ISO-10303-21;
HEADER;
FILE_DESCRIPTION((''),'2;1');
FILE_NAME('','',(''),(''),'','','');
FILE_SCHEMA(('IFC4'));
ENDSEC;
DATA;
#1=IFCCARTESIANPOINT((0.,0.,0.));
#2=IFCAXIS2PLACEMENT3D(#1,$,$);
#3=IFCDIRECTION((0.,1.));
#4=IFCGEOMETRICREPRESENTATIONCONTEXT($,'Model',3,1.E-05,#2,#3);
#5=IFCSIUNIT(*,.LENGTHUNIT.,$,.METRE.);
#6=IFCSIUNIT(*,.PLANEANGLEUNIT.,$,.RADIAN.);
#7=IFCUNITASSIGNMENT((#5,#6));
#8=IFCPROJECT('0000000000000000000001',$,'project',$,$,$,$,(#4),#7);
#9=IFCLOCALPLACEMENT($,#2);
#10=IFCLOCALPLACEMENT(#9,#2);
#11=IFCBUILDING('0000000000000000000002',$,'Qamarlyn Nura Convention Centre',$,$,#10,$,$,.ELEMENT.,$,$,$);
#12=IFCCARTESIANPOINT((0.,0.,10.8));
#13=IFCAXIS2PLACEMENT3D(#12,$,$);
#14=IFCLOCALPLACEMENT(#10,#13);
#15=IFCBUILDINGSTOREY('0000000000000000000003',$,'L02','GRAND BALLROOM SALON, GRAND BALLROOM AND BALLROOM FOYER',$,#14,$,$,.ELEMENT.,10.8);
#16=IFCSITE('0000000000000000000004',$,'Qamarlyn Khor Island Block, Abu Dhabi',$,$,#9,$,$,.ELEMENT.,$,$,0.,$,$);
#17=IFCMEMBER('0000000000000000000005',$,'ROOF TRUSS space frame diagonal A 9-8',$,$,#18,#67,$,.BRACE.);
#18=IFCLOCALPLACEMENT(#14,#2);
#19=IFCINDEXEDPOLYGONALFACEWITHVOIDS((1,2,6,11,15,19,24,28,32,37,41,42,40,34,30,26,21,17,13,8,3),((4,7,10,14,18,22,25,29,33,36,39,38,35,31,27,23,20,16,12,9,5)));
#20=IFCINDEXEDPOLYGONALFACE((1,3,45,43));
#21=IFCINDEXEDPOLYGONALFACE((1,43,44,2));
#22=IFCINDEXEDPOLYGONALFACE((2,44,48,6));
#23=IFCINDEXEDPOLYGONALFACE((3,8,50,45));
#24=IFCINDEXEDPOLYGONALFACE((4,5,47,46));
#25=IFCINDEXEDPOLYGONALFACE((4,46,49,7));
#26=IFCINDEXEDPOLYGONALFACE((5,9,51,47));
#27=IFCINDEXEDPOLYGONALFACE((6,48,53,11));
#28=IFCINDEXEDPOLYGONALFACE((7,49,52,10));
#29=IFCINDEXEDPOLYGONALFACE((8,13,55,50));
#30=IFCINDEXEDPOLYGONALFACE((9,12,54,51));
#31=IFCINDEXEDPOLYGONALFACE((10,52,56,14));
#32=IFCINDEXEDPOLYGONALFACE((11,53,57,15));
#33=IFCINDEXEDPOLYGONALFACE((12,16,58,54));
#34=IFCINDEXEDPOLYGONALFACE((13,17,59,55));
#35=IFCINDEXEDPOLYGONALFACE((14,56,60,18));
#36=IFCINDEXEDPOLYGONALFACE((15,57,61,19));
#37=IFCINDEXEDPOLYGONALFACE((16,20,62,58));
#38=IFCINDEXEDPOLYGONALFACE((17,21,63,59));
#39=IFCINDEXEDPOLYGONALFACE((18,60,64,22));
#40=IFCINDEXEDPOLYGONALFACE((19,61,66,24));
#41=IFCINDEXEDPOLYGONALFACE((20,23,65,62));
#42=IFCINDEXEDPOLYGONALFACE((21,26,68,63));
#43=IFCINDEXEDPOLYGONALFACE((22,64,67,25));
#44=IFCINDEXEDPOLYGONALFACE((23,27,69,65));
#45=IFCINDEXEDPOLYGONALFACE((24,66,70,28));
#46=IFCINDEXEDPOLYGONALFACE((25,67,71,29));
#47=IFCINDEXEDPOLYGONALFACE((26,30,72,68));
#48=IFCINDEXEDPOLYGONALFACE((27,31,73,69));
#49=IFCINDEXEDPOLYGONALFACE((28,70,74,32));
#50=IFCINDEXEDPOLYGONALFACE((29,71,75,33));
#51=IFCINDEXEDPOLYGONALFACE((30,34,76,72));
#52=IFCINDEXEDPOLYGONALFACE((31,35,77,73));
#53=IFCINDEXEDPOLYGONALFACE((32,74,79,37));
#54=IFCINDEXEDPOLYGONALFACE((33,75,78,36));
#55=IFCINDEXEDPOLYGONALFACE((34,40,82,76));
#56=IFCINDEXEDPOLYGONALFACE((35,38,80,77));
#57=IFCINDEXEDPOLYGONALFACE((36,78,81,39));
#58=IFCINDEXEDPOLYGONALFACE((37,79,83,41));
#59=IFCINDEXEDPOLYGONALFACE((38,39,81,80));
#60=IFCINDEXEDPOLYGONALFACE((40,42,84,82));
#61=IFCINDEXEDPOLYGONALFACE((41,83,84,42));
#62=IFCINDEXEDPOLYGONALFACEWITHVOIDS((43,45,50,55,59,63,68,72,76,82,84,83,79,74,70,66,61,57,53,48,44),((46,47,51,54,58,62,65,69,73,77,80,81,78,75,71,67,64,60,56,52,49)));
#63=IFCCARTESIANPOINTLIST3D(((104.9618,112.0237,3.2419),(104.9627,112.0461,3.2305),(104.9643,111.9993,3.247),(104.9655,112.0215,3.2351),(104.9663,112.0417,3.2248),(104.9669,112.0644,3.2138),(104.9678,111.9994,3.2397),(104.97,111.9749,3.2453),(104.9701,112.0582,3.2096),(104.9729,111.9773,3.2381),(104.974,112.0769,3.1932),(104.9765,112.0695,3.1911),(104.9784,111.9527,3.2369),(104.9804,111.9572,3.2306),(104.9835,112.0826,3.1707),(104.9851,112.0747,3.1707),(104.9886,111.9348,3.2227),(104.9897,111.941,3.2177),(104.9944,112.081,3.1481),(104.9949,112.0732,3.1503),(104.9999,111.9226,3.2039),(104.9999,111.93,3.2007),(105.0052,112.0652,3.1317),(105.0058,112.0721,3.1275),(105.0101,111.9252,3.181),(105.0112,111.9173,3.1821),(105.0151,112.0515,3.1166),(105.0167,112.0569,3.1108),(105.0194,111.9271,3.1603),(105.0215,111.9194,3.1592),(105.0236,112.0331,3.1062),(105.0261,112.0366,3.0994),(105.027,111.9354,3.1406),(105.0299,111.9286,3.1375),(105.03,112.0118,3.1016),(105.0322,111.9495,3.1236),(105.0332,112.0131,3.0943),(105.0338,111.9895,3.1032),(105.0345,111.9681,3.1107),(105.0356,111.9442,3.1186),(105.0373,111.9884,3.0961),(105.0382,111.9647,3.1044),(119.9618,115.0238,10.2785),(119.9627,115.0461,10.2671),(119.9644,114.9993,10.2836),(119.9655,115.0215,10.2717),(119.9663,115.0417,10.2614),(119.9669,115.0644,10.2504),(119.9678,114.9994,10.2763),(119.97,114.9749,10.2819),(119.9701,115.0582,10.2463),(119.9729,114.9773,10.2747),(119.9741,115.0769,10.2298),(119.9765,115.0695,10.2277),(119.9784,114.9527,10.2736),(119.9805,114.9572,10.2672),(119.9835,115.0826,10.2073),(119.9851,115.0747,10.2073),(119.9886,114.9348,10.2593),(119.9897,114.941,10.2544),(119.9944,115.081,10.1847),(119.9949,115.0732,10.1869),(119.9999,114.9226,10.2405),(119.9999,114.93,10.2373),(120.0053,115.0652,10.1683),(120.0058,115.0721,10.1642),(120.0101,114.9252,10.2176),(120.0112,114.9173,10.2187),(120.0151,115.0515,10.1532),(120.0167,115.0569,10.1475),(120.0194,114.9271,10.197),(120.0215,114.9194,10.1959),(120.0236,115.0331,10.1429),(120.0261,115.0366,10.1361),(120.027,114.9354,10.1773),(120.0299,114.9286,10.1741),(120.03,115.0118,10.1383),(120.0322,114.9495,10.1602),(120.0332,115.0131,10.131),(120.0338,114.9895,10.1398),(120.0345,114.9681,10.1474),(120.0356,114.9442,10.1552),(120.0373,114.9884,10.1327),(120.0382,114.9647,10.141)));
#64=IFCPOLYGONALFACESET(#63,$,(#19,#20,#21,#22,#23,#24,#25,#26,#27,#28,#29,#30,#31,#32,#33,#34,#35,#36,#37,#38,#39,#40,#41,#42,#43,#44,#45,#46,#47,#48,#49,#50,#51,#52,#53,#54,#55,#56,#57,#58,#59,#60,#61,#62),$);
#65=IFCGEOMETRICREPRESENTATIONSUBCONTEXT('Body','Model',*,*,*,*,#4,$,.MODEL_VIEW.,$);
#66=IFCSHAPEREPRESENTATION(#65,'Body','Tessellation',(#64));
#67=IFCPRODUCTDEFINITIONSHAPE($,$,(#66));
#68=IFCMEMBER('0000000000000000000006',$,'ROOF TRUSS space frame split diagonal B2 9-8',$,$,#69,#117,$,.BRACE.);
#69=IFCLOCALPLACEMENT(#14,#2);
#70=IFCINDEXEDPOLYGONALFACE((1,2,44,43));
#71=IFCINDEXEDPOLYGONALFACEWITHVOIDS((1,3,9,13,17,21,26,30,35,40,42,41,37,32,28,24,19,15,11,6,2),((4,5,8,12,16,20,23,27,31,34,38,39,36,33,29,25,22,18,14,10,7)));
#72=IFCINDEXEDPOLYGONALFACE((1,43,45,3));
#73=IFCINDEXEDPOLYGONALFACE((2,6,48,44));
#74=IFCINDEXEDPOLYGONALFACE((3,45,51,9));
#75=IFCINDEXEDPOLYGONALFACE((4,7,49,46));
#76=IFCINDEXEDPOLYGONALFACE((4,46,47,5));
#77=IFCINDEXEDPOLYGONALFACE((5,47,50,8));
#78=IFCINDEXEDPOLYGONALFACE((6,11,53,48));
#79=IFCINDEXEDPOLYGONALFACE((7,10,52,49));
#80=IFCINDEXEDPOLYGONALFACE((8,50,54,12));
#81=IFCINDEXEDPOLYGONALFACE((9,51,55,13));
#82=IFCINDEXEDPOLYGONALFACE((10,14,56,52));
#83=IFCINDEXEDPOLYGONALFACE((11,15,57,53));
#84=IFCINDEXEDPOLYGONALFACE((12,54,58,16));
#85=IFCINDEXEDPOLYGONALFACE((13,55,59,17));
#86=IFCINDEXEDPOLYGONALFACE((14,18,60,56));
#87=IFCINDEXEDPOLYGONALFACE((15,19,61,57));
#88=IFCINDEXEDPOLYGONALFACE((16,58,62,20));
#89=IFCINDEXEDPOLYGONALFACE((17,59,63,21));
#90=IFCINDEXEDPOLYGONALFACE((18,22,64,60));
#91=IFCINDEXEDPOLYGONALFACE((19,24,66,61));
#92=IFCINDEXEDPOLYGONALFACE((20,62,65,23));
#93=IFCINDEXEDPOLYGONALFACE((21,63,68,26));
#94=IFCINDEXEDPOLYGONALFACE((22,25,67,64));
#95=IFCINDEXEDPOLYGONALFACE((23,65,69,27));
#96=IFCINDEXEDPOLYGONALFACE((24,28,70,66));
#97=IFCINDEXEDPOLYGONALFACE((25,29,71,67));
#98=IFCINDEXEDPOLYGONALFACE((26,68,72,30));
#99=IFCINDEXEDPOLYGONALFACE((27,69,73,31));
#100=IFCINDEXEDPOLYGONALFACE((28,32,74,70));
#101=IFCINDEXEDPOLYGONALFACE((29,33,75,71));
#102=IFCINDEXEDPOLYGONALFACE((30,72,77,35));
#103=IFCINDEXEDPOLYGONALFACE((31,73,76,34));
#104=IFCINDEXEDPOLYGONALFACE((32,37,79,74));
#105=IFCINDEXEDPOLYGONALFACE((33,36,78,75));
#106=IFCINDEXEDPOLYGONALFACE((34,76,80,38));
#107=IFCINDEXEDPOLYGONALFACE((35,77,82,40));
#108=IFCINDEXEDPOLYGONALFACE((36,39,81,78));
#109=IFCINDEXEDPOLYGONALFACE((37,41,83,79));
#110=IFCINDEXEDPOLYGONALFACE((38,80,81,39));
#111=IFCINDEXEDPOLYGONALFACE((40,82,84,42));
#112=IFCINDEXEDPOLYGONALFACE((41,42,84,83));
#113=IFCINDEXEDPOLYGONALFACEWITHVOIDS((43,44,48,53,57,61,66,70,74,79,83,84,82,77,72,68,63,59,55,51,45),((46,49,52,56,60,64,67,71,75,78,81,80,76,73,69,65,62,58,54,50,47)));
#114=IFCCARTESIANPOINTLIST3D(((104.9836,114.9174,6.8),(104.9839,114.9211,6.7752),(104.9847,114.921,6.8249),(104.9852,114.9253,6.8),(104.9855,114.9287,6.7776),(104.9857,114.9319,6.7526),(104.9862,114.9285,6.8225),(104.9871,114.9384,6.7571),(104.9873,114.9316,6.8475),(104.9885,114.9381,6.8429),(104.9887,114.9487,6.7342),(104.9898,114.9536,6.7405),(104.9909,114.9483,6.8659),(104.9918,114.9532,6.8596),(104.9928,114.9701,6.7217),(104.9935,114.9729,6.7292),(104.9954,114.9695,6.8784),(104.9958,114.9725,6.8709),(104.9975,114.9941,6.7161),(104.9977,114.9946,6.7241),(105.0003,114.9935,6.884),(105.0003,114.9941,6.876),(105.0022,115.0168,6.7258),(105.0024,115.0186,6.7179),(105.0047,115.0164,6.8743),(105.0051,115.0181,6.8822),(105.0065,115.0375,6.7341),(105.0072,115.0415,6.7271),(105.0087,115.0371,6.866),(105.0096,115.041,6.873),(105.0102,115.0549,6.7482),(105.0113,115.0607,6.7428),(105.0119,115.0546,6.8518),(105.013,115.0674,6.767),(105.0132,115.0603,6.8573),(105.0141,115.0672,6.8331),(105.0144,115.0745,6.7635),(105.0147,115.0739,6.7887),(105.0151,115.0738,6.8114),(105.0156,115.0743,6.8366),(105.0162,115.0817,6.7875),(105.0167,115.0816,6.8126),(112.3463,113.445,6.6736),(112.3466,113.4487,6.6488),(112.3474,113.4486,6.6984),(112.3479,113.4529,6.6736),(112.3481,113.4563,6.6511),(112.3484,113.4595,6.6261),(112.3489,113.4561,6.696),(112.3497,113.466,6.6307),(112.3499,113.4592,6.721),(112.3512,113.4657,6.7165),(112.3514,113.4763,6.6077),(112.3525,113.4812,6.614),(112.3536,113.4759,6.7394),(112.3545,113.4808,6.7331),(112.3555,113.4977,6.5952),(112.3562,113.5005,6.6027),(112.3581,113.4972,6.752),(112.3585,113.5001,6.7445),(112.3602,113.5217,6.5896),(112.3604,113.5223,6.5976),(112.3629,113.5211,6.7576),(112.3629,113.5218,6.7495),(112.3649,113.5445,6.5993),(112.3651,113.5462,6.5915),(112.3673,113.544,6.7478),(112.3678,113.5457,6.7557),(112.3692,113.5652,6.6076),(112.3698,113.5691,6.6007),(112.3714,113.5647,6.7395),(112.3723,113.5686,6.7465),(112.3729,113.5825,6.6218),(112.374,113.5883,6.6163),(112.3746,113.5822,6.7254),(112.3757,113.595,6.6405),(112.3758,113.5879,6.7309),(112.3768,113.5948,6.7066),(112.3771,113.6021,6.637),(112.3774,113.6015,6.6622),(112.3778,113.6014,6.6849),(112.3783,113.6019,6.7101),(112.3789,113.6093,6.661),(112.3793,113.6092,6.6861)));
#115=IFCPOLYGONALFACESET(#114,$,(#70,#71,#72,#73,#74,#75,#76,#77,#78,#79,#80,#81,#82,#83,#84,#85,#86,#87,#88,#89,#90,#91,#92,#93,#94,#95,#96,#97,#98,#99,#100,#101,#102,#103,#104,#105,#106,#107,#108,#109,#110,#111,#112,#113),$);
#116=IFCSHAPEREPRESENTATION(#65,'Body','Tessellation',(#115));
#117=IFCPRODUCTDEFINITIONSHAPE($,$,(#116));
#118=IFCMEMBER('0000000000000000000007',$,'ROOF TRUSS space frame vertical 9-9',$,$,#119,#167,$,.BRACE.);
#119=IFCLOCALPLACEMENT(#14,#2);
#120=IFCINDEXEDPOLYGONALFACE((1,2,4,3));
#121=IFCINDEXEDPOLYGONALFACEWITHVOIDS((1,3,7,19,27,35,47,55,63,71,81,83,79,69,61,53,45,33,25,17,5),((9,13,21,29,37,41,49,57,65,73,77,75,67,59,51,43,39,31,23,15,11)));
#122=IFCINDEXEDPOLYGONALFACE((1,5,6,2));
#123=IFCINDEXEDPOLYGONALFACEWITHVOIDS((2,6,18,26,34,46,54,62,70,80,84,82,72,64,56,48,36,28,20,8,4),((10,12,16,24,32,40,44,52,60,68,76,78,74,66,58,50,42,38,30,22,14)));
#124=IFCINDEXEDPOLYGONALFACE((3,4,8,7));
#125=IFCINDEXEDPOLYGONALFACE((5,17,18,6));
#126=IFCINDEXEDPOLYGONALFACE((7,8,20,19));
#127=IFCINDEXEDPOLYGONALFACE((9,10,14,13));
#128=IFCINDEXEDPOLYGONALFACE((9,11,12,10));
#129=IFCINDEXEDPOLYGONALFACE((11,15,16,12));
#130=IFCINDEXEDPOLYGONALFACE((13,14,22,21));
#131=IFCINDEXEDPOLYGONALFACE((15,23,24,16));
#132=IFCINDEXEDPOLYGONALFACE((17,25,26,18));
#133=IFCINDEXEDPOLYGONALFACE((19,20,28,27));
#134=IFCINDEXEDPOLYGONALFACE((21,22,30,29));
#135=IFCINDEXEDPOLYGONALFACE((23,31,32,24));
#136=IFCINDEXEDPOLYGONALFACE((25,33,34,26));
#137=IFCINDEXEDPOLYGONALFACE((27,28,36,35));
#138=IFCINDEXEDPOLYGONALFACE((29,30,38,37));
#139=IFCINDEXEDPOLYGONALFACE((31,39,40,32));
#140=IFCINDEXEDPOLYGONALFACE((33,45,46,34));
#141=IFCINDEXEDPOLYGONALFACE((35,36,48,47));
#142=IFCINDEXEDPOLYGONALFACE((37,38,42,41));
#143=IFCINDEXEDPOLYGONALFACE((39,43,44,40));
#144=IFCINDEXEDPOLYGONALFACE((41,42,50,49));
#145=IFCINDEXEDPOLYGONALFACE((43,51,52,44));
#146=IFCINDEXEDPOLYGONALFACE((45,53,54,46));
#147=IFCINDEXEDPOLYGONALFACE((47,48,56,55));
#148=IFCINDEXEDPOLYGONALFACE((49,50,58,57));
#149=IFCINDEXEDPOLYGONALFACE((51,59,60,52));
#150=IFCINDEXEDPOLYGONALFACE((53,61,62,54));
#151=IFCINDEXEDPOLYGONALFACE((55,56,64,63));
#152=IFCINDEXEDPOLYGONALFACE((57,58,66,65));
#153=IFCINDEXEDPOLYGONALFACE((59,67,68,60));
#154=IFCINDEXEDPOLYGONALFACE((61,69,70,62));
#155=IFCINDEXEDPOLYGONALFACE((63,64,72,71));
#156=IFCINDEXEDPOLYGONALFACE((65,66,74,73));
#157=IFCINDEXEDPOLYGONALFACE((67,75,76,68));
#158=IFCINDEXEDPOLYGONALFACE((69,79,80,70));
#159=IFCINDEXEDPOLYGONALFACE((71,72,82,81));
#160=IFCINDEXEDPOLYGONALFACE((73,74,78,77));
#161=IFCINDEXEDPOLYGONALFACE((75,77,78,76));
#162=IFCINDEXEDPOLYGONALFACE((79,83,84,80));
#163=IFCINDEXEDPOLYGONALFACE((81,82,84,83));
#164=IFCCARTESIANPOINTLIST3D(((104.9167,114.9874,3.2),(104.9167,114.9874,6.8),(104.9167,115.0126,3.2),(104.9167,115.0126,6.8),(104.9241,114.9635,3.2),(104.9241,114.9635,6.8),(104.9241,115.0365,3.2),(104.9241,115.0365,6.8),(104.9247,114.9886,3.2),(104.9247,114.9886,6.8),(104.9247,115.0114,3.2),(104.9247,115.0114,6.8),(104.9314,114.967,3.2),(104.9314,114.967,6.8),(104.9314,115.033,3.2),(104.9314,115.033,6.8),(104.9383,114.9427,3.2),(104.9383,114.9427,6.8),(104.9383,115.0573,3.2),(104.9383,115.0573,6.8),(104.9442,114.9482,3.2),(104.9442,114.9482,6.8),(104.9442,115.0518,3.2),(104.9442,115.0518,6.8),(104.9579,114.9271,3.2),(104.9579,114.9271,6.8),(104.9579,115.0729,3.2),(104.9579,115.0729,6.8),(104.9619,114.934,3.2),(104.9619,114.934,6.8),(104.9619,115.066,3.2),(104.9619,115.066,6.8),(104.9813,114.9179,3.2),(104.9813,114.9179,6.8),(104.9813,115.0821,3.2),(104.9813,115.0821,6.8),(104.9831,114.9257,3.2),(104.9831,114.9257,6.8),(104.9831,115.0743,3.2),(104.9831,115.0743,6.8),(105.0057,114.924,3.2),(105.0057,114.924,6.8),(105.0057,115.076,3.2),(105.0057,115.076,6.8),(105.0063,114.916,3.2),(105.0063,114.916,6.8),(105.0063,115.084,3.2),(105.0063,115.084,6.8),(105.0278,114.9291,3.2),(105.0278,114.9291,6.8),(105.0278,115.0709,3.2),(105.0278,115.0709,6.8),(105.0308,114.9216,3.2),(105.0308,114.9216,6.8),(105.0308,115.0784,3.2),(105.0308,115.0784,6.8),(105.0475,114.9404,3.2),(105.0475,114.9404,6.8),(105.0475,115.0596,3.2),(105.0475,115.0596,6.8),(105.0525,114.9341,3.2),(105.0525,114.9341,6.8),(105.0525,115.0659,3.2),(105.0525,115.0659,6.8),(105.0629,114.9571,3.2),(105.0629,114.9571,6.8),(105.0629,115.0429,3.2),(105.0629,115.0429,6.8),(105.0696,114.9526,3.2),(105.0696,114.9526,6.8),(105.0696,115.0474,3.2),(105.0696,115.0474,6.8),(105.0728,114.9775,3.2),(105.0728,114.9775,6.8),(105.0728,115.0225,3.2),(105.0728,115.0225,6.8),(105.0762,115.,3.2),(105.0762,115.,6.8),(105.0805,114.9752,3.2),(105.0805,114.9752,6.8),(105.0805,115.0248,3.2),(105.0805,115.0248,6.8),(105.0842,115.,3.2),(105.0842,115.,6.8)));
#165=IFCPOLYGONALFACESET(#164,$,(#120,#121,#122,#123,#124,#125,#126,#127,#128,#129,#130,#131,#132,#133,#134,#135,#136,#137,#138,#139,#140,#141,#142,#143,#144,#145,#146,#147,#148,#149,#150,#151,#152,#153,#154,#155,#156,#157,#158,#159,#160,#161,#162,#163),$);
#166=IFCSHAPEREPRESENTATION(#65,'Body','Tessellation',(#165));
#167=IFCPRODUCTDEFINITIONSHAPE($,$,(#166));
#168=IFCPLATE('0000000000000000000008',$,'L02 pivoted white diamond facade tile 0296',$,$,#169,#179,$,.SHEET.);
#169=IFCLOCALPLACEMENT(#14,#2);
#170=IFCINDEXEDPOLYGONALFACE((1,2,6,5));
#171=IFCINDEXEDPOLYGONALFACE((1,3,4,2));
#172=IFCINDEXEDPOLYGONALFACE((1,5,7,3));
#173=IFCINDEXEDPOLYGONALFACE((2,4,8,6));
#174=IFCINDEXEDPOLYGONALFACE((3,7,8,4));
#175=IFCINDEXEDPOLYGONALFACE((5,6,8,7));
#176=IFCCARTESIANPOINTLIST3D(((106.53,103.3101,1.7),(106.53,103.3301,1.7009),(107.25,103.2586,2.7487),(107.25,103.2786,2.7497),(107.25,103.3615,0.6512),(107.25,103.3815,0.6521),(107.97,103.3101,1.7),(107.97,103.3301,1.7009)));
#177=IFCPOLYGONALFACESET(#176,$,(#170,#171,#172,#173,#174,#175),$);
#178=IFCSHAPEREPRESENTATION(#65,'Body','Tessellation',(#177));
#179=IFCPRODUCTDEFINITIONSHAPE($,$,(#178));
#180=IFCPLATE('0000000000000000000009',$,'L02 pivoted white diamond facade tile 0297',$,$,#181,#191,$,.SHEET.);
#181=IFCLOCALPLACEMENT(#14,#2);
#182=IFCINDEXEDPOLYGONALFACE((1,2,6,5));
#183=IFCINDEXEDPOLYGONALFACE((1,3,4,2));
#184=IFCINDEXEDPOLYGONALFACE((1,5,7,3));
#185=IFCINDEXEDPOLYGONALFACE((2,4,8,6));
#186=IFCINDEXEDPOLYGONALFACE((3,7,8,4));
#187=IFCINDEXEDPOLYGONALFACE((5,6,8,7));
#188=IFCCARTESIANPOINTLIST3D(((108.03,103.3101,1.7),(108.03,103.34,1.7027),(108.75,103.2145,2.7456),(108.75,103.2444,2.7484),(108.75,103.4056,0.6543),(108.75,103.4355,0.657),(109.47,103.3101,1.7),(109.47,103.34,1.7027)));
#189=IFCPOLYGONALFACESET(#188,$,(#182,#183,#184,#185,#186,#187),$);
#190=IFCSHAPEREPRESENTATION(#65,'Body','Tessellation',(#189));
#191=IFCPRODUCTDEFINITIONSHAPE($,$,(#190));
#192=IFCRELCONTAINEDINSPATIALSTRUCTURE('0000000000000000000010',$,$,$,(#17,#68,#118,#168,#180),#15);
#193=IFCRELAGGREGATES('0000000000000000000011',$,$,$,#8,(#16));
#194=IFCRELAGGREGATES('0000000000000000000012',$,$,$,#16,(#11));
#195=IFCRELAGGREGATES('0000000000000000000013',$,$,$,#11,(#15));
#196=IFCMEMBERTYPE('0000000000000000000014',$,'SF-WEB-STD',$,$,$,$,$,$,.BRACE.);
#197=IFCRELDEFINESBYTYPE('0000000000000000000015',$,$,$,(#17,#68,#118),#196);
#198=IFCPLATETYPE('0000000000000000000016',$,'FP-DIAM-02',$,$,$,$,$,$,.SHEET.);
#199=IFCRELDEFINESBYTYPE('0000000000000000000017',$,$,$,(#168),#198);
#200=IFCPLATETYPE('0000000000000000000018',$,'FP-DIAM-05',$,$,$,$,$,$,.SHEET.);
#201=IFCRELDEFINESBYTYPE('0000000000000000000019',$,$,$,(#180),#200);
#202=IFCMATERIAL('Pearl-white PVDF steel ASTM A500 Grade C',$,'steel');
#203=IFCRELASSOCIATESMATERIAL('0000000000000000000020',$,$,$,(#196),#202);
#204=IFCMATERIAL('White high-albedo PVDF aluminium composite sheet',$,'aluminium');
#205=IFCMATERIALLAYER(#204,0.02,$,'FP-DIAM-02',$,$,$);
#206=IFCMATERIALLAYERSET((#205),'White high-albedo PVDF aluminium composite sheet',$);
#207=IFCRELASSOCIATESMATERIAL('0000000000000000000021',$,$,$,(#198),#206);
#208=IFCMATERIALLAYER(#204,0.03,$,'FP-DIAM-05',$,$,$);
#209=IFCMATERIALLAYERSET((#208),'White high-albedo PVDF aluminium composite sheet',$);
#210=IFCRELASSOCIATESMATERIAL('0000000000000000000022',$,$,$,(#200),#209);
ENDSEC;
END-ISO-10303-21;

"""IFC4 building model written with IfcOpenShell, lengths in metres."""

from ifc_helpers import new_model, si_unit, direction, frame, origin, origin_2d, place, context, subcontext, project, spatial, polyline, hollow_circle, outline, extrude, material, layer, layer_set, material_profile, profile_set, type_object, element, save


model = new_model("IFC4")

# Units and contexts
model_context = context("Model", 3, precision=1e-05, world=origin(), true_north=direction((0.0, 1.0)))
body_context = subcontext(model_context, "Body", "Model", "MODEL_VIEW")
ifc_project = project(units=[si_unit("LENGTHUNIT", "METRE"), si_unit("PLANEANGLEUNIT", "RADIAN")], contexts=[model_context])

# Site, building, storey
site_placement = place(None, origin())
site = spatial("IfcSite", under=ifc_project, at=site_placement, Name="Qamarlyn Khor Island Block, Abu Dhabi", CompositionType="ELEMENT", RefElevation=0.0)
building_placement = place(site_placement, origin())
building = spatial("IfcBuilding", under=site, at=building_placement, Name="Qamarlyn Nura Convention Centre", CompositionType="ELEMENT")
storey_placement = place(building_placement, frame((0.0, 0.0, 10.8)))
storey = spatial("IfcBuildingStorey", under=building, at=storey_placement, Name="L02", Description="GRAND BALLROOM SALON, GRAND BALLROOM AND BALLROOM FOYER", CompositionType="ELEMENT", Elevation=10.8)

# Members
ifc_material_1 = material(Name="Pearl-white PVDF steel ASTM A500 Grade C", Category="steel")
ifc_material_profile_1 = material_profile(ifc_material_1, hollow_circle(Radius=0.0842, WallThickness=0.0081, at=origin_2d()), Name="CHS168.3X8")
ifc_profile_set_1 = profile_set([ifc_material_profile_1], Name="Pearl-white PVDF steel ASTM A500 Grade C")
member_type_1 = type_object("IfcMemberType", Name="SF-WEB-STD", PredefinedType="BRACE", material=ifc_profile_set_1)
member_1_placement = place(storey_placement, frame((105.0, 112.0, 3.1707), z_axis=(0.890849, 0.17817, 0.417904), x_axis=(-0.196116, 0.980581, 0.0)))
element("IfcMember", 1, at=member_1_placement, inside=storey, type_object=member_type_1, Name="ROOF TRUSS space frame diagonal A 9-8", PredefinedType="BRACE", context=body_context, shape_type="SweptSolid", body=[
    extrude(hollow_circle(Radius=0.0842, WallThickness=0.0081, at=origin_2d()), origin(), (0.0, 0.0, 1.0), 16.8379),
])
member_2_placement = place(storey_placement, frame((112.3628, 113.5276, 6.6736), z_axis=(-0.980445, 0.19607, 0.01684), x_axis=(-0.196097, -0.980584, 0.0)))
element("IfcMember", 2, at=member_2_placement, inside=storey, type_object=member_type_1, Name="ROOF TRUSS space frame split diagonal B2 9-8", PredefinedType="BRACE", context=body_context, shape_type="SweptSolid", body=[
    extrude(hollow_circle(Radius=0.0842, WallThickness=0.0081, at=origin_2d()), origin(), (0.0, 0.0, 1.0), 7.5095),
])
member_3_placement = place(storey_placement, frame((105.0, 115.0, 3.2), z_axis=(0.0, 0.0, 1.0), x_axis=(1.0, 0.0, 0.0)))
element("IfcMember", 3, at=member_3_placement, inside=storey, type_object=member_type_1, Name="ROOF TRUSS space frame vertical 9-9", PredefinedType="BRACE", context=body_context, shape_type="SweptSolid", body=[
    extrude(hollow_circle(Radius=0.0842, WallThickness=0.0081, at=origin_2d()), origin(), (0.0, 0.0, 1.0), 3.6001),
])

# Plates
ifc_material_2 = material(Name="White high-albedo PVDF aluminium composite sheet", Category="aluminium")
ifc_layer_1 = layer(ifc_material_2, 0.02, Name="FP-DIAM-02")
ifc_layer_set_1 = layer_set([ifc_layer_1], Name="White high-albedo PVDF aluminium composite sheet")
plate_type_1 = type_object("IfcPlateType", Name="FP-DIAM-02", PredefinedType="SHEET", material=ifc_layer_set_1)
plate_1_placement = place(storey_placement, frame((107.25, 103.3101, 1.7), z_axis=(0.0, 0.998798, 0.049024), x_axis=(-1.0, 0.0, 0.0)))
element("IfcPlate", 4, at=plate_1_placement, inside=storey, type_object=plate_type_1, Name="L02 pivoted white diamond facade tile 0296", PredefinedType="SHEET", context=body_context, shape_type="SweptSolid", body=[
    extrude(outline(polyline([(-0.72, 0.0), (0.0, -1.05), (0.72, 0.0), (0.0, 1.05), (-0.72, 0.0)])), origin(), (0.0, 0.0, 1.0), 0.02),
])
ifc_layer_2 = layer(ifc_material_2, 0.03, Name="FP-DIAM-05")
ifc_layer_set_2 = layer_set([ifc_layer_2], Name="White high-albedo PVDF aluminium composite sheet")
plate_type_2 = type_object("IfcPlateType", Name="FP-DIAM-05", PredefinedType="SHEET", material=ifc_layer_set_2)
plate_2_placement = place(storey_placement, frame((108.75, 103.3101, 1.7), z_axis=(0.0, 0.995853, 0.09098), x_axis=(-1.0, 0.0, 0.0)))
element("IfcPlate", 5, at=plate_2_placement, inside=storey, type_object=plate_type_2, Name="L02 pivoted white diamond facade tile 0297", PredefinedType="SHEET", context=body_context, shape_type="SweptSolid", body=[
    extrude(outline(polyline([(-0.72, 0.0), (0.0, -1.05), (0.72, 0.0), (0.0, 1.05), (-0.72, 0.0)])), origin(), (0.0, 0.0, 1.0), 0.03),
])

save(model, "model.ifc")
